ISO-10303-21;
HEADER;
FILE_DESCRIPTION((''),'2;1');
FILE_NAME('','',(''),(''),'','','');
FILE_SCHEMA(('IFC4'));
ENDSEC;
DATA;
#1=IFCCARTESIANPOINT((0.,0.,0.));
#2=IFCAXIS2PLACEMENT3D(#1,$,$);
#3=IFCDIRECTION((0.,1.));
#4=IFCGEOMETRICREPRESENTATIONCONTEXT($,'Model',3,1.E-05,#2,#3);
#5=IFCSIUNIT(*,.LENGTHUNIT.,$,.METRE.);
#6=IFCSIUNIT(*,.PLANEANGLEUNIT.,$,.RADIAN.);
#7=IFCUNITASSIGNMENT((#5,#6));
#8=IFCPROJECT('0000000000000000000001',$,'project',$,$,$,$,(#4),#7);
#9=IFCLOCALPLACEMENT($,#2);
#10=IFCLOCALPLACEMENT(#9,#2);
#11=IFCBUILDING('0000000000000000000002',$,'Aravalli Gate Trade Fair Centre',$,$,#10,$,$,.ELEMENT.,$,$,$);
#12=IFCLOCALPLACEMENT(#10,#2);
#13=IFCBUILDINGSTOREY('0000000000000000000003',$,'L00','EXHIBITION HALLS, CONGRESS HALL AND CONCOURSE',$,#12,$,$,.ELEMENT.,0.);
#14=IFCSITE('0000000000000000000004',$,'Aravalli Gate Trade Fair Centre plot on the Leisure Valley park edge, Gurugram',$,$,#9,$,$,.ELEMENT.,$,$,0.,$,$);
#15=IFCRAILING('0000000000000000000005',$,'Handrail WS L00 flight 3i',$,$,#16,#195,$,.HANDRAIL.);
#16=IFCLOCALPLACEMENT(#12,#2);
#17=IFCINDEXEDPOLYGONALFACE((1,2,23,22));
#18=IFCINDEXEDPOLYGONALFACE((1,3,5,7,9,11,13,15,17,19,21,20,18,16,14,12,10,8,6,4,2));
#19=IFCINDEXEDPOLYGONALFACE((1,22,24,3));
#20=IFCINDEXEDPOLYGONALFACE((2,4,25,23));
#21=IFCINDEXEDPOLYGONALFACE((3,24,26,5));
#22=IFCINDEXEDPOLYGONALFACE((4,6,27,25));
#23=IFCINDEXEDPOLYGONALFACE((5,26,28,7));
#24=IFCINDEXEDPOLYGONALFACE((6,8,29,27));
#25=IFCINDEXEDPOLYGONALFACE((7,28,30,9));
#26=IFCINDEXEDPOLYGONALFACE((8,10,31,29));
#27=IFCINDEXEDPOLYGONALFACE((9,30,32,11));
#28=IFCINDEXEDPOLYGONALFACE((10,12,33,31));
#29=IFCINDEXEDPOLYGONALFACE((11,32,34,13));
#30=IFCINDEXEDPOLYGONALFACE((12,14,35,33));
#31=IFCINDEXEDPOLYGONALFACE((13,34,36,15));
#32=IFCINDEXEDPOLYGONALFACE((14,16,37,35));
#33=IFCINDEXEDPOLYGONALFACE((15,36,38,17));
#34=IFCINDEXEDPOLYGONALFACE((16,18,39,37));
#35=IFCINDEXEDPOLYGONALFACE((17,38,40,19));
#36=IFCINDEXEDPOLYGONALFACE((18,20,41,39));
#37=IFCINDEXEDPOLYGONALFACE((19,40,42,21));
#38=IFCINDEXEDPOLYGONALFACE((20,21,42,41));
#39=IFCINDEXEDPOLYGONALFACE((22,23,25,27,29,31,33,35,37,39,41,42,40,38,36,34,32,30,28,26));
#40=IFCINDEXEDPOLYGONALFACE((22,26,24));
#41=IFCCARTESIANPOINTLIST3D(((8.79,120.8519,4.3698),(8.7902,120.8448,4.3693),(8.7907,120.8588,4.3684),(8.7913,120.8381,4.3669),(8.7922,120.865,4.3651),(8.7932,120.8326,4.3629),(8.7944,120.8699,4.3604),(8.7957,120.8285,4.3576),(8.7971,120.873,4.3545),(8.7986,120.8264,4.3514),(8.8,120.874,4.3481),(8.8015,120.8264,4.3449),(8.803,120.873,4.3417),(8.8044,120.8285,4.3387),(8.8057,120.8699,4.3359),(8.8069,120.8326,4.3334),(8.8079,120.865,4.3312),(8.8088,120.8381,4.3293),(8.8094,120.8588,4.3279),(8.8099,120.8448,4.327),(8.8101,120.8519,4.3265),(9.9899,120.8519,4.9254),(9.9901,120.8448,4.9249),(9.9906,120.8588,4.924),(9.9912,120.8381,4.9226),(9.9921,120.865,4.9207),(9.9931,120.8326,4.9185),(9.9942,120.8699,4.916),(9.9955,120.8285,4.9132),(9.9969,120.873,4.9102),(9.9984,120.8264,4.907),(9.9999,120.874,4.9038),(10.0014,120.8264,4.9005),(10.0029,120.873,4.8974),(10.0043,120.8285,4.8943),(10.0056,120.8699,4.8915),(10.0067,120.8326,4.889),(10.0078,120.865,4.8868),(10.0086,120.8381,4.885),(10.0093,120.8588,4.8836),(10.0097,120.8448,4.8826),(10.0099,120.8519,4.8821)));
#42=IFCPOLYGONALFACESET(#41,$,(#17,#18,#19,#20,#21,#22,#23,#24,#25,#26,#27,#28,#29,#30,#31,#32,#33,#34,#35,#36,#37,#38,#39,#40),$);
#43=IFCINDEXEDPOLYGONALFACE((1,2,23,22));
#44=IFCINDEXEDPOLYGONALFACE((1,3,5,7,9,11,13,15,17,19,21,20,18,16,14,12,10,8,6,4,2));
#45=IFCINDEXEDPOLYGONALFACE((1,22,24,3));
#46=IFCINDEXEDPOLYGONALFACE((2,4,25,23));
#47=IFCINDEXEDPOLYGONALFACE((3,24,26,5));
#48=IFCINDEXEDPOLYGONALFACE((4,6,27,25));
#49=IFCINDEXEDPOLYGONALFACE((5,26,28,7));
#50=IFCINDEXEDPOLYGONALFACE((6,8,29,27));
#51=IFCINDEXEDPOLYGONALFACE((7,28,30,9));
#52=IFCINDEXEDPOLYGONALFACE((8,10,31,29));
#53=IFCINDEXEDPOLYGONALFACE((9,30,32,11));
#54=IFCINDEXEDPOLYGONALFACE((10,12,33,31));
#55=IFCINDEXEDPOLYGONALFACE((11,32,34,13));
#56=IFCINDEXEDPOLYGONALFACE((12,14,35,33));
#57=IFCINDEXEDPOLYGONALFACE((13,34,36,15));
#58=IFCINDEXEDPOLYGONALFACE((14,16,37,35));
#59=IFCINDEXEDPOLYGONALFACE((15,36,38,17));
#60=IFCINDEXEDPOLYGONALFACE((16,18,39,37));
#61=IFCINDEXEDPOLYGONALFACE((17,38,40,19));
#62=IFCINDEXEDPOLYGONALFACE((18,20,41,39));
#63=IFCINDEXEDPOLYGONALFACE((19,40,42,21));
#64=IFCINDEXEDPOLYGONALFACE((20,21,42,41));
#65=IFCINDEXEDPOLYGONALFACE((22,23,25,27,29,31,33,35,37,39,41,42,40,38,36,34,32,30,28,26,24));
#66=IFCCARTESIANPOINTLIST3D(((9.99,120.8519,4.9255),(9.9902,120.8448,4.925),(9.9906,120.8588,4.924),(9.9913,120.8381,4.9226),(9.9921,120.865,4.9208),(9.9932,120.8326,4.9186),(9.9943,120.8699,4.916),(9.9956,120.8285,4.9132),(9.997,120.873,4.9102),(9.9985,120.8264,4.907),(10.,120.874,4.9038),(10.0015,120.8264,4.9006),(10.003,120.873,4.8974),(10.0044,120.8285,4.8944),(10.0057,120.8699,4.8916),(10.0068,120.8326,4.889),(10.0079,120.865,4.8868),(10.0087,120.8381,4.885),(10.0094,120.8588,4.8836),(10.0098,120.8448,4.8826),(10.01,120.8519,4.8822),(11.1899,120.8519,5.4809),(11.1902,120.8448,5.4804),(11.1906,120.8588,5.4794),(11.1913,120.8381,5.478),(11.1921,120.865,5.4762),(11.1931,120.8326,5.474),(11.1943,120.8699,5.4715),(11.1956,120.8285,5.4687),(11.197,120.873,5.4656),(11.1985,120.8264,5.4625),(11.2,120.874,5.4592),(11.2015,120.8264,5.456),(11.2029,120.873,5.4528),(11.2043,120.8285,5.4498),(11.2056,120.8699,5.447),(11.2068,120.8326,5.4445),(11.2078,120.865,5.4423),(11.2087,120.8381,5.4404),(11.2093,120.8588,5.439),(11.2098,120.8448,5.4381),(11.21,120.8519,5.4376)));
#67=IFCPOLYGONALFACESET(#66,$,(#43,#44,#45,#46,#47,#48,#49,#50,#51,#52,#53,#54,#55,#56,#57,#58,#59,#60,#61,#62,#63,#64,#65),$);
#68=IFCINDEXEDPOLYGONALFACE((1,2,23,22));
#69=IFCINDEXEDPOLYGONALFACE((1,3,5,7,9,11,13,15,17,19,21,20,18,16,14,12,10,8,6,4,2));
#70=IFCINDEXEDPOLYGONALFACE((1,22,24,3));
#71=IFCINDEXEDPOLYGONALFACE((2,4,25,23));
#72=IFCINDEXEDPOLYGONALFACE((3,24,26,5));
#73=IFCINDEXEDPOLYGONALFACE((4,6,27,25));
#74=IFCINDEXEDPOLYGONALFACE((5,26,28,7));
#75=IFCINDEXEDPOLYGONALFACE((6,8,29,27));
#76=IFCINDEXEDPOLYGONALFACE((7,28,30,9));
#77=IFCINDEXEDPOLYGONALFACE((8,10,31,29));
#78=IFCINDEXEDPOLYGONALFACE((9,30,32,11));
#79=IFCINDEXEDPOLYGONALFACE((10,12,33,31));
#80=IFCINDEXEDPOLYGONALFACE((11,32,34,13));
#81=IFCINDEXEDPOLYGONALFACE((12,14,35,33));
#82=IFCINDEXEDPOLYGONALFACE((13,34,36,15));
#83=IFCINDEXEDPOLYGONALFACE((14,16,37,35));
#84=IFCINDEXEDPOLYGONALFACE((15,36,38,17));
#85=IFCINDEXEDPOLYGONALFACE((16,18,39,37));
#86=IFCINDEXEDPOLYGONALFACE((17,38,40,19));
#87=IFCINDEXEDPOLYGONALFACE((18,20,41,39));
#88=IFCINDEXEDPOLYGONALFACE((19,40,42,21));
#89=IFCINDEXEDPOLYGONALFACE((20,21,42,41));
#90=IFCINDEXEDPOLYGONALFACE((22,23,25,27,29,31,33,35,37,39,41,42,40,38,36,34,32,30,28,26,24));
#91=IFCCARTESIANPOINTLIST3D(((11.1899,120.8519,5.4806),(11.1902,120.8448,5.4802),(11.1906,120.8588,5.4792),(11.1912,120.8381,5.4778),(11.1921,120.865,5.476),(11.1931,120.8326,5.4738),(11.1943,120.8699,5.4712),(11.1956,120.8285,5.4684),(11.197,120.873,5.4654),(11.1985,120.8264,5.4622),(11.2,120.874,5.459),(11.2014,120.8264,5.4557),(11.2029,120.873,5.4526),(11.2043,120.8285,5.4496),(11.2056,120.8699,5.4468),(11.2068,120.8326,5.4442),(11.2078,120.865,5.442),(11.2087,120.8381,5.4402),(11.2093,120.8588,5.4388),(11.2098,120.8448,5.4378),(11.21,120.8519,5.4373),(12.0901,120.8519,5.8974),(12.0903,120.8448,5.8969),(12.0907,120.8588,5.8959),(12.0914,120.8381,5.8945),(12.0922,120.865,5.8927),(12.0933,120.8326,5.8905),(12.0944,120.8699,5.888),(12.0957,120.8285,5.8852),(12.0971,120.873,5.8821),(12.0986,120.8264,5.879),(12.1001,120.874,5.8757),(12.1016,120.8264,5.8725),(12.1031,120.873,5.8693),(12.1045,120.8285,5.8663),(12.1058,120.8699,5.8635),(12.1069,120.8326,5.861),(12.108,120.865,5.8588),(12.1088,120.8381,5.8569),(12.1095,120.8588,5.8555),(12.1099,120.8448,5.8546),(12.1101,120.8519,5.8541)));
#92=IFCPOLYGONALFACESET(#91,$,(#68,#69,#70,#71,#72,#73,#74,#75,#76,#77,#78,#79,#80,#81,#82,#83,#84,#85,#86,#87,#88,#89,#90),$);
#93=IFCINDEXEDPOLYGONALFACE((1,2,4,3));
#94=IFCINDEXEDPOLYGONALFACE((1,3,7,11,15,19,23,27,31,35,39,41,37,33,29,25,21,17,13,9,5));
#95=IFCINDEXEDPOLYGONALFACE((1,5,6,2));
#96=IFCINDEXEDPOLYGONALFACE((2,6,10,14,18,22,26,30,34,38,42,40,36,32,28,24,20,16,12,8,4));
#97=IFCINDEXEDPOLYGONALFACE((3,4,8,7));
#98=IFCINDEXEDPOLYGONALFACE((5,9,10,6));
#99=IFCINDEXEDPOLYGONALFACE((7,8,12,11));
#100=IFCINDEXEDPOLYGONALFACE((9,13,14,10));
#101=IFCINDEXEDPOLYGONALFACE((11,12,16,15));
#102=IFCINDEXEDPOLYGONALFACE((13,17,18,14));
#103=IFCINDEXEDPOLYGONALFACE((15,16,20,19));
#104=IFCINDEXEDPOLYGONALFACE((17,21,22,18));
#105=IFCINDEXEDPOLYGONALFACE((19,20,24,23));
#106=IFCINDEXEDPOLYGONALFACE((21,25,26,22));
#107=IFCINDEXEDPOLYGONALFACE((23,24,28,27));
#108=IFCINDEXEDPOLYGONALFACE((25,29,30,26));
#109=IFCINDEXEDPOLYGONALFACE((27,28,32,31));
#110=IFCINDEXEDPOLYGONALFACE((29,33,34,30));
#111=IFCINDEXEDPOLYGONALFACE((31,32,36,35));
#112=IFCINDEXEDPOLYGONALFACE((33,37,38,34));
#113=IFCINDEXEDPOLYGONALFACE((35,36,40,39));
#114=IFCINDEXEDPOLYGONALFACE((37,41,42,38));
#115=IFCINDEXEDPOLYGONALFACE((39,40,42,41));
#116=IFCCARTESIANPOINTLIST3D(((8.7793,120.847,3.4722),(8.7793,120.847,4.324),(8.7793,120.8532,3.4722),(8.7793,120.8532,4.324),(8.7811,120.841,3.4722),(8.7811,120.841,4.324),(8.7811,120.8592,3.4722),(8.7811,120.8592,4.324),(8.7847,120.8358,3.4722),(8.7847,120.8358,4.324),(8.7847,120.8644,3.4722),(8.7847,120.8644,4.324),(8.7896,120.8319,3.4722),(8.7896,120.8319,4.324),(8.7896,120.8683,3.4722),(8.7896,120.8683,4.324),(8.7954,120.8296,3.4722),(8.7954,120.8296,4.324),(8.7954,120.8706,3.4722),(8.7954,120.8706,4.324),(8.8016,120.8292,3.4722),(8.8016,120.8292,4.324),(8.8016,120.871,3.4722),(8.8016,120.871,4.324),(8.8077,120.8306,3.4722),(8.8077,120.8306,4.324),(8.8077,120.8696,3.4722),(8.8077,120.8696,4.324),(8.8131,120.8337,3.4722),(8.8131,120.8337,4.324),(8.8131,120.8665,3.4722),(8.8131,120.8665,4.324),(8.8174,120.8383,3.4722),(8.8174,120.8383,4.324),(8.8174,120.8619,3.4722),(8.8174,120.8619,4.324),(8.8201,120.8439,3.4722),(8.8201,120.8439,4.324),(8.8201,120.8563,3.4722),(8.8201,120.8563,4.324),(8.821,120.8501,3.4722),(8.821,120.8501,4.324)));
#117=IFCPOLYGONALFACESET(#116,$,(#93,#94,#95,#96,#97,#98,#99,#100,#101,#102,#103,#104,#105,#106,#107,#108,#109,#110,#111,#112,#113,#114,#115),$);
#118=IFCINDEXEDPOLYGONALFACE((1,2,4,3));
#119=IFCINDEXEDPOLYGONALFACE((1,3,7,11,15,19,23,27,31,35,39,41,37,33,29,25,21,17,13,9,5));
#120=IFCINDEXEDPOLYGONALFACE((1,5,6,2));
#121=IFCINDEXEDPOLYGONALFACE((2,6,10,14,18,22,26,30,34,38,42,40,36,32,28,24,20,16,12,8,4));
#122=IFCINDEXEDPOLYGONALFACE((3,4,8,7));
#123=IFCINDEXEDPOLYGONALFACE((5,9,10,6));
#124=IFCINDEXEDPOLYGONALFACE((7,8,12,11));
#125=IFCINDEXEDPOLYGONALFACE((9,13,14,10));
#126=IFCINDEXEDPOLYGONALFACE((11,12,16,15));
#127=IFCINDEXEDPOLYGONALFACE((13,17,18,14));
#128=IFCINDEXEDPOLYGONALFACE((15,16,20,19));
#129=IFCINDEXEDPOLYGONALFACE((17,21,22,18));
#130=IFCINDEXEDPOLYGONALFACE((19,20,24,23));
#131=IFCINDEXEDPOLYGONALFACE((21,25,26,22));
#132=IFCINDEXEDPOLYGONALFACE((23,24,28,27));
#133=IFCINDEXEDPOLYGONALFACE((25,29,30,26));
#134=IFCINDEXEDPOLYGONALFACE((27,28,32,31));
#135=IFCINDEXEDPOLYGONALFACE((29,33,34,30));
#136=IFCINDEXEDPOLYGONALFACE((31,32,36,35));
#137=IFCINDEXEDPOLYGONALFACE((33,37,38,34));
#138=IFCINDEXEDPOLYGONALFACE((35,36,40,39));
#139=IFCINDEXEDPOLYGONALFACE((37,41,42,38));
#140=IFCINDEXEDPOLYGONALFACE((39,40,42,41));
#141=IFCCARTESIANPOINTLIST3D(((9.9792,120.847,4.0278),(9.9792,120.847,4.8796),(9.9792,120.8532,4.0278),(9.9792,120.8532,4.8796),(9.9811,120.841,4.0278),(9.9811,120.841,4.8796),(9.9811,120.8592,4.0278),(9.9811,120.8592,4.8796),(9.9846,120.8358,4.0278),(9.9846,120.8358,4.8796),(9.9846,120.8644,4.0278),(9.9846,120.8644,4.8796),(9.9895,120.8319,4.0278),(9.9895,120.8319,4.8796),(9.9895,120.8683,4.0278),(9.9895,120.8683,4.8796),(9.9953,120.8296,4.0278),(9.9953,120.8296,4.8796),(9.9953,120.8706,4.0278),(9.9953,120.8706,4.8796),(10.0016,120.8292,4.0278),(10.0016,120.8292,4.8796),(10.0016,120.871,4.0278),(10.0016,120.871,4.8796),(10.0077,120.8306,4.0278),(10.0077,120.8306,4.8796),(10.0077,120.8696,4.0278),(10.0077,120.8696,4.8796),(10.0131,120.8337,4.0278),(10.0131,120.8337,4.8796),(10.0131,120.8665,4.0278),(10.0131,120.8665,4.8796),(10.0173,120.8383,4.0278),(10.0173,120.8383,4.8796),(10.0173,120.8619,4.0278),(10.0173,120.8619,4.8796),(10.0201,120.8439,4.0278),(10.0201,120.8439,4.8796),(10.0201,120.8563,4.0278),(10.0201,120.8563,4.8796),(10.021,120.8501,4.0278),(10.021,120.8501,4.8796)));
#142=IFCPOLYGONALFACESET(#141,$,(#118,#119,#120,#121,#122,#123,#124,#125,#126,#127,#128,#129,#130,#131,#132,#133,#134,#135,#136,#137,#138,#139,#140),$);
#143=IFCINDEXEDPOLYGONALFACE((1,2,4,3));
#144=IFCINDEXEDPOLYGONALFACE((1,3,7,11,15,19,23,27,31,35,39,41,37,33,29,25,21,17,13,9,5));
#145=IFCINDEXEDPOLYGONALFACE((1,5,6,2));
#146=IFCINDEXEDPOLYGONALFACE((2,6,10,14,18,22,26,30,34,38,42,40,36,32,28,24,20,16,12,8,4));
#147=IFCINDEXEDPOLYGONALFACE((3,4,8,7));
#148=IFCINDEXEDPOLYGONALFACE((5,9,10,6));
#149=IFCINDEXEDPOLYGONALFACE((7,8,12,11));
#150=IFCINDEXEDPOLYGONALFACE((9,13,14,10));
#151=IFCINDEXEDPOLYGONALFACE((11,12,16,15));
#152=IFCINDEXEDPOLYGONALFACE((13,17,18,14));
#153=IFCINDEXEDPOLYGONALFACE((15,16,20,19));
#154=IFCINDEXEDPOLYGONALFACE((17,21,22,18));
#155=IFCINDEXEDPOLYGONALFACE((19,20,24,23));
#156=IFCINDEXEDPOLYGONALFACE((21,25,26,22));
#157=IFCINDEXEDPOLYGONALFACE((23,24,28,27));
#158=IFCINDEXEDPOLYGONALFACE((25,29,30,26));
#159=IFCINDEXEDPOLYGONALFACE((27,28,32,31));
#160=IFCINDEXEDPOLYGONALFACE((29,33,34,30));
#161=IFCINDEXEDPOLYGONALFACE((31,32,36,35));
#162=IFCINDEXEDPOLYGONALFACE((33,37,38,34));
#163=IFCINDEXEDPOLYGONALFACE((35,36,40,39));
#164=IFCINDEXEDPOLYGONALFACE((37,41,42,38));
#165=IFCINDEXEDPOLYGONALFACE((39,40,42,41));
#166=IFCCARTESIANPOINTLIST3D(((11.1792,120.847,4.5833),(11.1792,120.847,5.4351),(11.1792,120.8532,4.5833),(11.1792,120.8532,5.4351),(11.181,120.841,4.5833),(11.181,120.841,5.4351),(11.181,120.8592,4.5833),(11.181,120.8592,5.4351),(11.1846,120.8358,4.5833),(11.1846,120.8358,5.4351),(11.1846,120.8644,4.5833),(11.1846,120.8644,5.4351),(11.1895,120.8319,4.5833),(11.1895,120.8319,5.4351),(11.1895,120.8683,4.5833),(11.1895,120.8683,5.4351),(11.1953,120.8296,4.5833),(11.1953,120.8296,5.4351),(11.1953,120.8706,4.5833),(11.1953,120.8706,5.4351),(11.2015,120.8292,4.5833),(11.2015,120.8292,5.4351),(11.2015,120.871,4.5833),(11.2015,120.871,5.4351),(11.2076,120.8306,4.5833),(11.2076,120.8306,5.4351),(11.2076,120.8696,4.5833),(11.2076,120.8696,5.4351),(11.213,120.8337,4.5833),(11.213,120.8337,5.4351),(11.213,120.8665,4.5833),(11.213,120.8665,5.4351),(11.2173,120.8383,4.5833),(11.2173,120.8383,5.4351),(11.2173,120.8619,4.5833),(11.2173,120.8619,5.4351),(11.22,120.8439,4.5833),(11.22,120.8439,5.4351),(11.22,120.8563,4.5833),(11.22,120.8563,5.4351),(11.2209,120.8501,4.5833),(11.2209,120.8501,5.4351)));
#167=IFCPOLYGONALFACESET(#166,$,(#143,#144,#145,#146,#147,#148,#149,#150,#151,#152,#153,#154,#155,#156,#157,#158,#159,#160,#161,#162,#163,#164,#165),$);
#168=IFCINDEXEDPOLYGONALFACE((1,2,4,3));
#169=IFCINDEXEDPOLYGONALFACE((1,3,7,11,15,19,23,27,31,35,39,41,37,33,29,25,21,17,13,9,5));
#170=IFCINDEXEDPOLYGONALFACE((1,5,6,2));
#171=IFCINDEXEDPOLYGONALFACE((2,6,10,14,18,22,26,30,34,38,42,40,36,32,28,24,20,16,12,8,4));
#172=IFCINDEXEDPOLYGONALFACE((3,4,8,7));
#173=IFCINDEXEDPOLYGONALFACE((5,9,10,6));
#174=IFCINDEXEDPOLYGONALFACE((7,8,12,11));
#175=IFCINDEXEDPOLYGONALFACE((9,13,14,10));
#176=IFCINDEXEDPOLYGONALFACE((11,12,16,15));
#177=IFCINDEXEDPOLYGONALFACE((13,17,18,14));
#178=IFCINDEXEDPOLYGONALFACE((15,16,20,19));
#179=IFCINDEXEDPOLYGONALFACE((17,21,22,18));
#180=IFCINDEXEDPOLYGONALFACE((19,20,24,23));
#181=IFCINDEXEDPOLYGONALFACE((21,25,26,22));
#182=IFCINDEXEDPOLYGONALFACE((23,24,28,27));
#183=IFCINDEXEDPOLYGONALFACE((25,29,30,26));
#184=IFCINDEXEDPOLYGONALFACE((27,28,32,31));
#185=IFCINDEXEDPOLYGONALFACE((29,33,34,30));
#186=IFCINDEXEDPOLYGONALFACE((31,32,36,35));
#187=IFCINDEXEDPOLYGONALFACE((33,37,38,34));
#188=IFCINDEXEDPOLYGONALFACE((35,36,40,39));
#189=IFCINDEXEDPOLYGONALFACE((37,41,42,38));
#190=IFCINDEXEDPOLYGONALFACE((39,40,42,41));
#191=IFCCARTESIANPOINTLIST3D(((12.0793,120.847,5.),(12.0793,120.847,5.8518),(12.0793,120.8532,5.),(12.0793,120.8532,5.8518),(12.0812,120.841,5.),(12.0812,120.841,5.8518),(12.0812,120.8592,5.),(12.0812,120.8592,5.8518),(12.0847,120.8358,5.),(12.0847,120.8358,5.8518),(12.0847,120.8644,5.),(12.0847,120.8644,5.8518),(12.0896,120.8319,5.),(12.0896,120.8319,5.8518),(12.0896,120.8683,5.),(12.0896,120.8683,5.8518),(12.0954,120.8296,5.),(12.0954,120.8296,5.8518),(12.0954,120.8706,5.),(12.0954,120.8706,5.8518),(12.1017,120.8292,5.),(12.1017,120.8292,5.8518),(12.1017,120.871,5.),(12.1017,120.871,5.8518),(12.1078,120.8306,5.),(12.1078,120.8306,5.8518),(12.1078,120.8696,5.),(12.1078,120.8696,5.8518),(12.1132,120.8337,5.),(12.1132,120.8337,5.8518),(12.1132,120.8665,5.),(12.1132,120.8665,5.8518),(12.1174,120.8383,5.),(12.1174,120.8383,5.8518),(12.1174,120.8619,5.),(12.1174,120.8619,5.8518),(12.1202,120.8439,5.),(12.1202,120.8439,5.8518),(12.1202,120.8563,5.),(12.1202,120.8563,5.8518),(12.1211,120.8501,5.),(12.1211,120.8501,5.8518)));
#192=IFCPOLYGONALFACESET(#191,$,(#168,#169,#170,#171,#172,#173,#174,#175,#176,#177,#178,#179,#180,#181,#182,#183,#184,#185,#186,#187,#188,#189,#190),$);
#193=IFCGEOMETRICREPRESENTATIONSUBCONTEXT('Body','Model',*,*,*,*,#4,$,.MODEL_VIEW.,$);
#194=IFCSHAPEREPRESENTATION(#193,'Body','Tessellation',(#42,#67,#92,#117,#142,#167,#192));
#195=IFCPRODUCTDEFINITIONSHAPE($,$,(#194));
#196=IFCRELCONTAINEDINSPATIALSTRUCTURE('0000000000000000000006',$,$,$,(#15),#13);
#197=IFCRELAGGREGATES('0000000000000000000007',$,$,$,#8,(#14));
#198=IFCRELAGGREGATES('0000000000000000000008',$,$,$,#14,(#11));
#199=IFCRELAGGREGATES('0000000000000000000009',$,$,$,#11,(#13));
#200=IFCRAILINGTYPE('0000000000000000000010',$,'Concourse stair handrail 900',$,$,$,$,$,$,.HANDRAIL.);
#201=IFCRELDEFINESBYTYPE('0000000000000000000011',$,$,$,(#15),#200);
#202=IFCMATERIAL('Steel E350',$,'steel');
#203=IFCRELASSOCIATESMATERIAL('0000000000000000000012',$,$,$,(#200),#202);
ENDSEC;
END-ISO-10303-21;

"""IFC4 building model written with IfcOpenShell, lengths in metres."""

from ifc_helpers import new_model, si_unit, direction, frame, origin, origin_2d, place, context, subcontext, project, spatial, circle, extrude, material, type_object, element, save


model = new_model("IFC4")

# Units and contexts
model_context = context("Model", 3, precision=1e-05, world=origin(), true_north=direction((0.0, 1.0)))
body_context = subcontext(model_context, "Body", "Model", "MODEL_VIEW")
ifc_project = project(units=[si_unit("LENGTHUNIT", "METRE"), si_unit("PLANEANGLEUNIT", "RADIAN")], contexts=[model_context])

# Site, building, storey
site_placement = place(None, origin())
site = spatial("IfcSite", under=ifc_project, at=site_placement, Name="Aravalli Gate Trade Fair Centre plot on the Leisure Valley park edge, Gurugram", CompositionType="ELEMENT", RefElevation=0.0)
building_placement = place(site_placement, origin())
building = spatial("IfcBuilding", under=site, at=building_placement, Name="Aravalli Gate Trade Fair Centre", CompositionType="ELEMENT")
storey_placement = place(building_placement, origin())
storey = spatial("IfcBuildingStorey", under=building, at=storey_placement, Name="L00", Description="EXHIBITION HALLS, CONGRESS HALL AND CONCOURSE", CompositionType="ELEMENT", Elevation=0.0)

# Shared definitions
ifc_material_1 = material(Name="Steel E350", Category="steel")

# Railing
railing_type = type_object("IfcRailingType", Name="Concourse stair handrail 900", PredefinedType="HANDRAIL", material=ifc_material_1)
for number, where, name in (
    (1, (8.8, 120.8501, 3.4722), "Handrail WS L00 flight 3i"),
):
    element("IfcRailing", number, at=place(storey_placement, frame(where)), inside=storey, type_object=railing_type, Name=name, PredefinedType="HANDRAIL", context=body_context, shape_type="SweptSolid", body=[
        extrude(circle(Radius=0.0239, at=origin_2d()), frame((0.0, 0.0, 0.876), z_axis=(0.907429, 0.0, 0.420205), x_axis=(0.0, 1.0, 0.0)), (0.0, 0.0, 1.0), 1.3223),
        extrude(circle(Radius=0.0239, at=origin_2d()), frame((1.2, 0.0, 1.4316), z_axis=(0.907499, 0.0, 0.420053), x_axis=(0.0, 1.0, 0.0)), (0.0, 0.0, 1.0), 1.3223),
        extrude(circle(Radius=0.0239, at=origin_2d()), frame((2.3999, 0.0, 1.9868), z_axis=(0.907462, 0.0, 0.420135), x_axis=(0.0, 1.0, 0.0)), (0.0, 0.0, 1.0), 0.9919),
        extrude(circle(Radius=0.021, at=origin_2d()), origin(), (0.0, 0.0, 1.0), 0.8518),
        extrude(circle(Radius=0.021, at=origin_2d()), frame((1.2, 0.0, 0.5557)), (0.0, 0.0, 1.0), 0.8518),
        extrude(circle(Radius=0.021, at=origin_2d()), frame((2.3999, 0.0, 1.1111)), (0.0, 0.0, 1.0), 0.8518),
        extrude(circle(Radius=0.021, at=origin_2d()), frame((3.3, 0.0, 1.5278)), (0.0, 0.0, 1.0), 0.8518),
    ])

save(model, "model.ifc")
